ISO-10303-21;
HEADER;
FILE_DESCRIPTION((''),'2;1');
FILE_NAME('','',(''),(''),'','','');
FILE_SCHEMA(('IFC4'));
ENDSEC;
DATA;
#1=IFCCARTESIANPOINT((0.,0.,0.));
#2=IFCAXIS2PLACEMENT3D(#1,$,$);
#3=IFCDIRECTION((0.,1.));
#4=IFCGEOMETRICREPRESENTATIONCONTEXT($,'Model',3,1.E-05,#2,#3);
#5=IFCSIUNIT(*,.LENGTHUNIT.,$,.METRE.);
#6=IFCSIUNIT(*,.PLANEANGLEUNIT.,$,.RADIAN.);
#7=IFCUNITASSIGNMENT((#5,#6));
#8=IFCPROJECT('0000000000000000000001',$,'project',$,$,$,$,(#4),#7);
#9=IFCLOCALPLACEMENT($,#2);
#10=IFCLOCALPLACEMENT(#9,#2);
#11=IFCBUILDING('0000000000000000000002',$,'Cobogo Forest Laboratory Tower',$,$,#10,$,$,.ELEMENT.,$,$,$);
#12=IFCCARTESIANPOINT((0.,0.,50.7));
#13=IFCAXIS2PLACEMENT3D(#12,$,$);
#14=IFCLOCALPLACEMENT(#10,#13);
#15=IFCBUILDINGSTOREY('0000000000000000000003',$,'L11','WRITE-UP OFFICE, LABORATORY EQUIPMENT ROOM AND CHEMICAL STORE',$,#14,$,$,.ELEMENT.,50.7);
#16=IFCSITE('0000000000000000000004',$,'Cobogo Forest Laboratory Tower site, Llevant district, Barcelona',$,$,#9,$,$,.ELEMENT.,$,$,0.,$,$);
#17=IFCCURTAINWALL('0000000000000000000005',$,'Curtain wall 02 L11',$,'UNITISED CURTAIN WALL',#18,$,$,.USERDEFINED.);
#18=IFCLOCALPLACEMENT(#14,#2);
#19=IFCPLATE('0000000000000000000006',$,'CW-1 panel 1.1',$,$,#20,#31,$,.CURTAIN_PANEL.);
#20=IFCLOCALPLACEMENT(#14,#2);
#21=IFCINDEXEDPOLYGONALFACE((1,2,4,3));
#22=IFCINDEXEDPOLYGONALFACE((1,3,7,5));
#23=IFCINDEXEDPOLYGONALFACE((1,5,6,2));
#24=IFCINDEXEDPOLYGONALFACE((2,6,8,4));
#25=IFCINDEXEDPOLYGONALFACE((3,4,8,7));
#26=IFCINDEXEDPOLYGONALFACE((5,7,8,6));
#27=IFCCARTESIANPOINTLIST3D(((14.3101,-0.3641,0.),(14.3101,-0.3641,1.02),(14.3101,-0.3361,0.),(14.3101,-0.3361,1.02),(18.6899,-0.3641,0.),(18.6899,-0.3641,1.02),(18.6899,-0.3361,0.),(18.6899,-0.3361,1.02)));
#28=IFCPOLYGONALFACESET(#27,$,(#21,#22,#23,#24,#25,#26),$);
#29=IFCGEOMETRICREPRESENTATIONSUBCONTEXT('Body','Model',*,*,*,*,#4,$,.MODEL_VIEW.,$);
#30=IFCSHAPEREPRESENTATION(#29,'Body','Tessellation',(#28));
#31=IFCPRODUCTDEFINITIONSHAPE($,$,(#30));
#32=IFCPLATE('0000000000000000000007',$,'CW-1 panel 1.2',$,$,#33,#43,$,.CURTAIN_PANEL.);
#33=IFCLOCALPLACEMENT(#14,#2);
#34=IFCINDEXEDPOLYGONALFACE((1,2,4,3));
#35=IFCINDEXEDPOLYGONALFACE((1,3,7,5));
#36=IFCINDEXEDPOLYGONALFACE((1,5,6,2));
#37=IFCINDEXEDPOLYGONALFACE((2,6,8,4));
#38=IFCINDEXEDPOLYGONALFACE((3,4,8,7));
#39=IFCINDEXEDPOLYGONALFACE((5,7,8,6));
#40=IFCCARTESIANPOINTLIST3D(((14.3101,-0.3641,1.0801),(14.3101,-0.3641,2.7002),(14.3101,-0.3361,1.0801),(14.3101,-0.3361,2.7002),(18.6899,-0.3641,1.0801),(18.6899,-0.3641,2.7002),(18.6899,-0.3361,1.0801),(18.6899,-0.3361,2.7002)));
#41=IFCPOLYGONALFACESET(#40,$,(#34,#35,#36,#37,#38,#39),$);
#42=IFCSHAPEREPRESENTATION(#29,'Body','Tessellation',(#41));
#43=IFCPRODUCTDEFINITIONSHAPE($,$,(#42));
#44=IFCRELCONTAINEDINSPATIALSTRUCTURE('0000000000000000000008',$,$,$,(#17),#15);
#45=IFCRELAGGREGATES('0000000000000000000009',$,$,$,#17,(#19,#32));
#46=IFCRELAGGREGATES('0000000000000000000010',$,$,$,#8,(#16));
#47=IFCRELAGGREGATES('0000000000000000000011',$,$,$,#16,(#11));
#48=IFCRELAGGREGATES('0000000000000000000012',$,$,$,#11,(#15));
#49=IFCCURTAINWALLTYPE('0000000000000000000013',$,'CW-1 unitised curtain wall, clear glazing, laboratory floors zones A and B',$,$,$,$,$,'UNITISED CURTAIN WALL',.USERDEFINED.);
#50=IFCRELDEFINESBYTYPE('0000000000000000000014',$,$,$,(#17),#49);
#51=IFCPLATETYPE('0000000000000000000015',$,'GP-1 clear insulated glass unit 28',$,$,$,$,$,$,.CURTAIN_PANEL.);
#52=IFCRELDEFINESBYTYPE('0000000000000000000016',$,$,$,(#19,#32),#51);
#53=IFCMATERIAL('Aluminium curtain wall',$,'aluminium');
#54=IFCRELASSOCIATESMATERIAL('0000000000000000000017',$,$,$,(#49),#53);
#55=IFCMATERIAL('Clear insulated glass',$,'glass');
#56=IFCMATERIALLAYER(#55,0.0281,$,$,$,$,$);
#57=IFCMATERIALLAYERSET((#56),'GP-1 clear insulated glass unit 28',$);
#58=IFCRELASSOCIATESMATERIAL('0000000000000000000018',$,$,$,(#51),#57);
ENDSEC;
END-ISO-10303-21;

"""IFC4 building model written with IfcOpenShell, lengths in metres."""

from ifc_helpers import new_model, si_unit, direction, frame, origin, origin_2d, place, context, subcontext, project, spatial, rectangle, extrude, material, layer, layer_set, type_object, element, aggregate, save


model = new_model("IFC4")

# Units and contexts
model_context = context("Model", 3, precision=1e-05, world=origin(), true_north=direction((0.0, 1.0)))
body_context = subcontext(model_context, "Body", "Model", "MODEL_VIEW")
ifc_project = project(units=[si_unit("LENGTHUNIT", "METRE"), si_unit("PLANEANGLEUNIT", "RADIAN")], contexts=[model_context])

# Site, building, storey
site_placement = place(None, origin())
site = spatial("IfcSite", under=ifc_project, at=site_placement, Name="Cobogo Forest Laboratory Tower site, Llevant district, Barcelona", CompositionType="ELEMENT", RefElevation=0.0)
building_placement = place(site_placement, origin())
building = spatial("IfcBuilding", under=site, at=building_placement, Name="Cobogo Forest Laboratory Tower", CompositionType="ELEMENT")
storey_placement = place(building_placement, frame((0.0, 0.0, 50.7)))
storey = spatial("IfcBuildingStorey", under=building, at=storey_placement, Name="L11", Description="WRITE-UP OFFICE, LABORATORY EQUIPMENT ROOM AND CHEMICAL STORE", CompositionType="ELEMENT", Elevation=50.7)

# Curtain wall
ifc_material_1 = material(Name="Aluminium curtain wall", Category="aluminium")
curtain_wall_type = type_object("IfcCurtainWallType", Name="CW-1 unitised curtain wall, clear glazing, laboratory floors zones A and B", ElementType="UNITISED CURTAIN WALL", PredefinedType="USERDEFINED", material=ifc_material_1)
curtain_wall_1_placement = place(storey_placement, origin())
curtain_wall_1 = element("IfcCurtainWall", 1, at=curtain_wall_1_placement, inside=storey, type_object=curtain_wall_type, Name="Curtain wall 02 L11", ObjectType="UNITISED CURTAIN WALL", PredefinedType="USERDEFINED")

# Plates
ifc_material_2 = material(Name="Clear insulated glass", Category="glass")
ifc_layer = layer(ifc_material_2, 0.0281)
ifc_layer_set = layer_set([ifc_layer], Name="GP-1 clear insulated glass unit 28")
plate_type_1 = type_object("IfcPlateType", Name="GP-1 clear insulated glass unit 28", PredefinedType="CURTAIN_PANEL", material=ifc_layer_set)
plate_1_placement = place(storey_placement, frame((16.5, -0.3501, 0.0), z_axis=(0.0, 0.0, 1.0), x_axis=(1.0, 0.0, 0.0)))
plate_1 = element("IfcPlate", 2, at=plate_1_placement, type_object=plate_type_1, Name="CW-1 panel 1.1", PredefinedType="CURTAIN_PANEL", context=body_context, shape_type="SweptSolid", body=[
    extrude(rectangle(XDim=4.3799, YDim=0.0281, at=origin_2d()), origin(), (0.0, 0.0, 1.0), 1.02),
])
plate_2_placement = place(storey_placement, frame((16.5, -0.3501, 1.0801), z_axis=(0.0, 0.0, 1.0), x_axis=(1.0, 0.0, 0.0)))
plate_2 = element("IfcPlate", 3, at=plate_2_placement, type_object=plate_type_1, Name="CW-1 panel 1.2", PredefinedType="CURTAIN_PANEL", context=body_context, shape_type="SweptSolid", body=[
    extrude(rectangle(XDim=4.3799, YDim=0.0281, at=origin_2d()), origin(), (0.0, 0.0, 1.0), 1.6201),
])
aggregate(curtain_wall_1, [plate_1, plate_2])

save(model, "model.ifc")
